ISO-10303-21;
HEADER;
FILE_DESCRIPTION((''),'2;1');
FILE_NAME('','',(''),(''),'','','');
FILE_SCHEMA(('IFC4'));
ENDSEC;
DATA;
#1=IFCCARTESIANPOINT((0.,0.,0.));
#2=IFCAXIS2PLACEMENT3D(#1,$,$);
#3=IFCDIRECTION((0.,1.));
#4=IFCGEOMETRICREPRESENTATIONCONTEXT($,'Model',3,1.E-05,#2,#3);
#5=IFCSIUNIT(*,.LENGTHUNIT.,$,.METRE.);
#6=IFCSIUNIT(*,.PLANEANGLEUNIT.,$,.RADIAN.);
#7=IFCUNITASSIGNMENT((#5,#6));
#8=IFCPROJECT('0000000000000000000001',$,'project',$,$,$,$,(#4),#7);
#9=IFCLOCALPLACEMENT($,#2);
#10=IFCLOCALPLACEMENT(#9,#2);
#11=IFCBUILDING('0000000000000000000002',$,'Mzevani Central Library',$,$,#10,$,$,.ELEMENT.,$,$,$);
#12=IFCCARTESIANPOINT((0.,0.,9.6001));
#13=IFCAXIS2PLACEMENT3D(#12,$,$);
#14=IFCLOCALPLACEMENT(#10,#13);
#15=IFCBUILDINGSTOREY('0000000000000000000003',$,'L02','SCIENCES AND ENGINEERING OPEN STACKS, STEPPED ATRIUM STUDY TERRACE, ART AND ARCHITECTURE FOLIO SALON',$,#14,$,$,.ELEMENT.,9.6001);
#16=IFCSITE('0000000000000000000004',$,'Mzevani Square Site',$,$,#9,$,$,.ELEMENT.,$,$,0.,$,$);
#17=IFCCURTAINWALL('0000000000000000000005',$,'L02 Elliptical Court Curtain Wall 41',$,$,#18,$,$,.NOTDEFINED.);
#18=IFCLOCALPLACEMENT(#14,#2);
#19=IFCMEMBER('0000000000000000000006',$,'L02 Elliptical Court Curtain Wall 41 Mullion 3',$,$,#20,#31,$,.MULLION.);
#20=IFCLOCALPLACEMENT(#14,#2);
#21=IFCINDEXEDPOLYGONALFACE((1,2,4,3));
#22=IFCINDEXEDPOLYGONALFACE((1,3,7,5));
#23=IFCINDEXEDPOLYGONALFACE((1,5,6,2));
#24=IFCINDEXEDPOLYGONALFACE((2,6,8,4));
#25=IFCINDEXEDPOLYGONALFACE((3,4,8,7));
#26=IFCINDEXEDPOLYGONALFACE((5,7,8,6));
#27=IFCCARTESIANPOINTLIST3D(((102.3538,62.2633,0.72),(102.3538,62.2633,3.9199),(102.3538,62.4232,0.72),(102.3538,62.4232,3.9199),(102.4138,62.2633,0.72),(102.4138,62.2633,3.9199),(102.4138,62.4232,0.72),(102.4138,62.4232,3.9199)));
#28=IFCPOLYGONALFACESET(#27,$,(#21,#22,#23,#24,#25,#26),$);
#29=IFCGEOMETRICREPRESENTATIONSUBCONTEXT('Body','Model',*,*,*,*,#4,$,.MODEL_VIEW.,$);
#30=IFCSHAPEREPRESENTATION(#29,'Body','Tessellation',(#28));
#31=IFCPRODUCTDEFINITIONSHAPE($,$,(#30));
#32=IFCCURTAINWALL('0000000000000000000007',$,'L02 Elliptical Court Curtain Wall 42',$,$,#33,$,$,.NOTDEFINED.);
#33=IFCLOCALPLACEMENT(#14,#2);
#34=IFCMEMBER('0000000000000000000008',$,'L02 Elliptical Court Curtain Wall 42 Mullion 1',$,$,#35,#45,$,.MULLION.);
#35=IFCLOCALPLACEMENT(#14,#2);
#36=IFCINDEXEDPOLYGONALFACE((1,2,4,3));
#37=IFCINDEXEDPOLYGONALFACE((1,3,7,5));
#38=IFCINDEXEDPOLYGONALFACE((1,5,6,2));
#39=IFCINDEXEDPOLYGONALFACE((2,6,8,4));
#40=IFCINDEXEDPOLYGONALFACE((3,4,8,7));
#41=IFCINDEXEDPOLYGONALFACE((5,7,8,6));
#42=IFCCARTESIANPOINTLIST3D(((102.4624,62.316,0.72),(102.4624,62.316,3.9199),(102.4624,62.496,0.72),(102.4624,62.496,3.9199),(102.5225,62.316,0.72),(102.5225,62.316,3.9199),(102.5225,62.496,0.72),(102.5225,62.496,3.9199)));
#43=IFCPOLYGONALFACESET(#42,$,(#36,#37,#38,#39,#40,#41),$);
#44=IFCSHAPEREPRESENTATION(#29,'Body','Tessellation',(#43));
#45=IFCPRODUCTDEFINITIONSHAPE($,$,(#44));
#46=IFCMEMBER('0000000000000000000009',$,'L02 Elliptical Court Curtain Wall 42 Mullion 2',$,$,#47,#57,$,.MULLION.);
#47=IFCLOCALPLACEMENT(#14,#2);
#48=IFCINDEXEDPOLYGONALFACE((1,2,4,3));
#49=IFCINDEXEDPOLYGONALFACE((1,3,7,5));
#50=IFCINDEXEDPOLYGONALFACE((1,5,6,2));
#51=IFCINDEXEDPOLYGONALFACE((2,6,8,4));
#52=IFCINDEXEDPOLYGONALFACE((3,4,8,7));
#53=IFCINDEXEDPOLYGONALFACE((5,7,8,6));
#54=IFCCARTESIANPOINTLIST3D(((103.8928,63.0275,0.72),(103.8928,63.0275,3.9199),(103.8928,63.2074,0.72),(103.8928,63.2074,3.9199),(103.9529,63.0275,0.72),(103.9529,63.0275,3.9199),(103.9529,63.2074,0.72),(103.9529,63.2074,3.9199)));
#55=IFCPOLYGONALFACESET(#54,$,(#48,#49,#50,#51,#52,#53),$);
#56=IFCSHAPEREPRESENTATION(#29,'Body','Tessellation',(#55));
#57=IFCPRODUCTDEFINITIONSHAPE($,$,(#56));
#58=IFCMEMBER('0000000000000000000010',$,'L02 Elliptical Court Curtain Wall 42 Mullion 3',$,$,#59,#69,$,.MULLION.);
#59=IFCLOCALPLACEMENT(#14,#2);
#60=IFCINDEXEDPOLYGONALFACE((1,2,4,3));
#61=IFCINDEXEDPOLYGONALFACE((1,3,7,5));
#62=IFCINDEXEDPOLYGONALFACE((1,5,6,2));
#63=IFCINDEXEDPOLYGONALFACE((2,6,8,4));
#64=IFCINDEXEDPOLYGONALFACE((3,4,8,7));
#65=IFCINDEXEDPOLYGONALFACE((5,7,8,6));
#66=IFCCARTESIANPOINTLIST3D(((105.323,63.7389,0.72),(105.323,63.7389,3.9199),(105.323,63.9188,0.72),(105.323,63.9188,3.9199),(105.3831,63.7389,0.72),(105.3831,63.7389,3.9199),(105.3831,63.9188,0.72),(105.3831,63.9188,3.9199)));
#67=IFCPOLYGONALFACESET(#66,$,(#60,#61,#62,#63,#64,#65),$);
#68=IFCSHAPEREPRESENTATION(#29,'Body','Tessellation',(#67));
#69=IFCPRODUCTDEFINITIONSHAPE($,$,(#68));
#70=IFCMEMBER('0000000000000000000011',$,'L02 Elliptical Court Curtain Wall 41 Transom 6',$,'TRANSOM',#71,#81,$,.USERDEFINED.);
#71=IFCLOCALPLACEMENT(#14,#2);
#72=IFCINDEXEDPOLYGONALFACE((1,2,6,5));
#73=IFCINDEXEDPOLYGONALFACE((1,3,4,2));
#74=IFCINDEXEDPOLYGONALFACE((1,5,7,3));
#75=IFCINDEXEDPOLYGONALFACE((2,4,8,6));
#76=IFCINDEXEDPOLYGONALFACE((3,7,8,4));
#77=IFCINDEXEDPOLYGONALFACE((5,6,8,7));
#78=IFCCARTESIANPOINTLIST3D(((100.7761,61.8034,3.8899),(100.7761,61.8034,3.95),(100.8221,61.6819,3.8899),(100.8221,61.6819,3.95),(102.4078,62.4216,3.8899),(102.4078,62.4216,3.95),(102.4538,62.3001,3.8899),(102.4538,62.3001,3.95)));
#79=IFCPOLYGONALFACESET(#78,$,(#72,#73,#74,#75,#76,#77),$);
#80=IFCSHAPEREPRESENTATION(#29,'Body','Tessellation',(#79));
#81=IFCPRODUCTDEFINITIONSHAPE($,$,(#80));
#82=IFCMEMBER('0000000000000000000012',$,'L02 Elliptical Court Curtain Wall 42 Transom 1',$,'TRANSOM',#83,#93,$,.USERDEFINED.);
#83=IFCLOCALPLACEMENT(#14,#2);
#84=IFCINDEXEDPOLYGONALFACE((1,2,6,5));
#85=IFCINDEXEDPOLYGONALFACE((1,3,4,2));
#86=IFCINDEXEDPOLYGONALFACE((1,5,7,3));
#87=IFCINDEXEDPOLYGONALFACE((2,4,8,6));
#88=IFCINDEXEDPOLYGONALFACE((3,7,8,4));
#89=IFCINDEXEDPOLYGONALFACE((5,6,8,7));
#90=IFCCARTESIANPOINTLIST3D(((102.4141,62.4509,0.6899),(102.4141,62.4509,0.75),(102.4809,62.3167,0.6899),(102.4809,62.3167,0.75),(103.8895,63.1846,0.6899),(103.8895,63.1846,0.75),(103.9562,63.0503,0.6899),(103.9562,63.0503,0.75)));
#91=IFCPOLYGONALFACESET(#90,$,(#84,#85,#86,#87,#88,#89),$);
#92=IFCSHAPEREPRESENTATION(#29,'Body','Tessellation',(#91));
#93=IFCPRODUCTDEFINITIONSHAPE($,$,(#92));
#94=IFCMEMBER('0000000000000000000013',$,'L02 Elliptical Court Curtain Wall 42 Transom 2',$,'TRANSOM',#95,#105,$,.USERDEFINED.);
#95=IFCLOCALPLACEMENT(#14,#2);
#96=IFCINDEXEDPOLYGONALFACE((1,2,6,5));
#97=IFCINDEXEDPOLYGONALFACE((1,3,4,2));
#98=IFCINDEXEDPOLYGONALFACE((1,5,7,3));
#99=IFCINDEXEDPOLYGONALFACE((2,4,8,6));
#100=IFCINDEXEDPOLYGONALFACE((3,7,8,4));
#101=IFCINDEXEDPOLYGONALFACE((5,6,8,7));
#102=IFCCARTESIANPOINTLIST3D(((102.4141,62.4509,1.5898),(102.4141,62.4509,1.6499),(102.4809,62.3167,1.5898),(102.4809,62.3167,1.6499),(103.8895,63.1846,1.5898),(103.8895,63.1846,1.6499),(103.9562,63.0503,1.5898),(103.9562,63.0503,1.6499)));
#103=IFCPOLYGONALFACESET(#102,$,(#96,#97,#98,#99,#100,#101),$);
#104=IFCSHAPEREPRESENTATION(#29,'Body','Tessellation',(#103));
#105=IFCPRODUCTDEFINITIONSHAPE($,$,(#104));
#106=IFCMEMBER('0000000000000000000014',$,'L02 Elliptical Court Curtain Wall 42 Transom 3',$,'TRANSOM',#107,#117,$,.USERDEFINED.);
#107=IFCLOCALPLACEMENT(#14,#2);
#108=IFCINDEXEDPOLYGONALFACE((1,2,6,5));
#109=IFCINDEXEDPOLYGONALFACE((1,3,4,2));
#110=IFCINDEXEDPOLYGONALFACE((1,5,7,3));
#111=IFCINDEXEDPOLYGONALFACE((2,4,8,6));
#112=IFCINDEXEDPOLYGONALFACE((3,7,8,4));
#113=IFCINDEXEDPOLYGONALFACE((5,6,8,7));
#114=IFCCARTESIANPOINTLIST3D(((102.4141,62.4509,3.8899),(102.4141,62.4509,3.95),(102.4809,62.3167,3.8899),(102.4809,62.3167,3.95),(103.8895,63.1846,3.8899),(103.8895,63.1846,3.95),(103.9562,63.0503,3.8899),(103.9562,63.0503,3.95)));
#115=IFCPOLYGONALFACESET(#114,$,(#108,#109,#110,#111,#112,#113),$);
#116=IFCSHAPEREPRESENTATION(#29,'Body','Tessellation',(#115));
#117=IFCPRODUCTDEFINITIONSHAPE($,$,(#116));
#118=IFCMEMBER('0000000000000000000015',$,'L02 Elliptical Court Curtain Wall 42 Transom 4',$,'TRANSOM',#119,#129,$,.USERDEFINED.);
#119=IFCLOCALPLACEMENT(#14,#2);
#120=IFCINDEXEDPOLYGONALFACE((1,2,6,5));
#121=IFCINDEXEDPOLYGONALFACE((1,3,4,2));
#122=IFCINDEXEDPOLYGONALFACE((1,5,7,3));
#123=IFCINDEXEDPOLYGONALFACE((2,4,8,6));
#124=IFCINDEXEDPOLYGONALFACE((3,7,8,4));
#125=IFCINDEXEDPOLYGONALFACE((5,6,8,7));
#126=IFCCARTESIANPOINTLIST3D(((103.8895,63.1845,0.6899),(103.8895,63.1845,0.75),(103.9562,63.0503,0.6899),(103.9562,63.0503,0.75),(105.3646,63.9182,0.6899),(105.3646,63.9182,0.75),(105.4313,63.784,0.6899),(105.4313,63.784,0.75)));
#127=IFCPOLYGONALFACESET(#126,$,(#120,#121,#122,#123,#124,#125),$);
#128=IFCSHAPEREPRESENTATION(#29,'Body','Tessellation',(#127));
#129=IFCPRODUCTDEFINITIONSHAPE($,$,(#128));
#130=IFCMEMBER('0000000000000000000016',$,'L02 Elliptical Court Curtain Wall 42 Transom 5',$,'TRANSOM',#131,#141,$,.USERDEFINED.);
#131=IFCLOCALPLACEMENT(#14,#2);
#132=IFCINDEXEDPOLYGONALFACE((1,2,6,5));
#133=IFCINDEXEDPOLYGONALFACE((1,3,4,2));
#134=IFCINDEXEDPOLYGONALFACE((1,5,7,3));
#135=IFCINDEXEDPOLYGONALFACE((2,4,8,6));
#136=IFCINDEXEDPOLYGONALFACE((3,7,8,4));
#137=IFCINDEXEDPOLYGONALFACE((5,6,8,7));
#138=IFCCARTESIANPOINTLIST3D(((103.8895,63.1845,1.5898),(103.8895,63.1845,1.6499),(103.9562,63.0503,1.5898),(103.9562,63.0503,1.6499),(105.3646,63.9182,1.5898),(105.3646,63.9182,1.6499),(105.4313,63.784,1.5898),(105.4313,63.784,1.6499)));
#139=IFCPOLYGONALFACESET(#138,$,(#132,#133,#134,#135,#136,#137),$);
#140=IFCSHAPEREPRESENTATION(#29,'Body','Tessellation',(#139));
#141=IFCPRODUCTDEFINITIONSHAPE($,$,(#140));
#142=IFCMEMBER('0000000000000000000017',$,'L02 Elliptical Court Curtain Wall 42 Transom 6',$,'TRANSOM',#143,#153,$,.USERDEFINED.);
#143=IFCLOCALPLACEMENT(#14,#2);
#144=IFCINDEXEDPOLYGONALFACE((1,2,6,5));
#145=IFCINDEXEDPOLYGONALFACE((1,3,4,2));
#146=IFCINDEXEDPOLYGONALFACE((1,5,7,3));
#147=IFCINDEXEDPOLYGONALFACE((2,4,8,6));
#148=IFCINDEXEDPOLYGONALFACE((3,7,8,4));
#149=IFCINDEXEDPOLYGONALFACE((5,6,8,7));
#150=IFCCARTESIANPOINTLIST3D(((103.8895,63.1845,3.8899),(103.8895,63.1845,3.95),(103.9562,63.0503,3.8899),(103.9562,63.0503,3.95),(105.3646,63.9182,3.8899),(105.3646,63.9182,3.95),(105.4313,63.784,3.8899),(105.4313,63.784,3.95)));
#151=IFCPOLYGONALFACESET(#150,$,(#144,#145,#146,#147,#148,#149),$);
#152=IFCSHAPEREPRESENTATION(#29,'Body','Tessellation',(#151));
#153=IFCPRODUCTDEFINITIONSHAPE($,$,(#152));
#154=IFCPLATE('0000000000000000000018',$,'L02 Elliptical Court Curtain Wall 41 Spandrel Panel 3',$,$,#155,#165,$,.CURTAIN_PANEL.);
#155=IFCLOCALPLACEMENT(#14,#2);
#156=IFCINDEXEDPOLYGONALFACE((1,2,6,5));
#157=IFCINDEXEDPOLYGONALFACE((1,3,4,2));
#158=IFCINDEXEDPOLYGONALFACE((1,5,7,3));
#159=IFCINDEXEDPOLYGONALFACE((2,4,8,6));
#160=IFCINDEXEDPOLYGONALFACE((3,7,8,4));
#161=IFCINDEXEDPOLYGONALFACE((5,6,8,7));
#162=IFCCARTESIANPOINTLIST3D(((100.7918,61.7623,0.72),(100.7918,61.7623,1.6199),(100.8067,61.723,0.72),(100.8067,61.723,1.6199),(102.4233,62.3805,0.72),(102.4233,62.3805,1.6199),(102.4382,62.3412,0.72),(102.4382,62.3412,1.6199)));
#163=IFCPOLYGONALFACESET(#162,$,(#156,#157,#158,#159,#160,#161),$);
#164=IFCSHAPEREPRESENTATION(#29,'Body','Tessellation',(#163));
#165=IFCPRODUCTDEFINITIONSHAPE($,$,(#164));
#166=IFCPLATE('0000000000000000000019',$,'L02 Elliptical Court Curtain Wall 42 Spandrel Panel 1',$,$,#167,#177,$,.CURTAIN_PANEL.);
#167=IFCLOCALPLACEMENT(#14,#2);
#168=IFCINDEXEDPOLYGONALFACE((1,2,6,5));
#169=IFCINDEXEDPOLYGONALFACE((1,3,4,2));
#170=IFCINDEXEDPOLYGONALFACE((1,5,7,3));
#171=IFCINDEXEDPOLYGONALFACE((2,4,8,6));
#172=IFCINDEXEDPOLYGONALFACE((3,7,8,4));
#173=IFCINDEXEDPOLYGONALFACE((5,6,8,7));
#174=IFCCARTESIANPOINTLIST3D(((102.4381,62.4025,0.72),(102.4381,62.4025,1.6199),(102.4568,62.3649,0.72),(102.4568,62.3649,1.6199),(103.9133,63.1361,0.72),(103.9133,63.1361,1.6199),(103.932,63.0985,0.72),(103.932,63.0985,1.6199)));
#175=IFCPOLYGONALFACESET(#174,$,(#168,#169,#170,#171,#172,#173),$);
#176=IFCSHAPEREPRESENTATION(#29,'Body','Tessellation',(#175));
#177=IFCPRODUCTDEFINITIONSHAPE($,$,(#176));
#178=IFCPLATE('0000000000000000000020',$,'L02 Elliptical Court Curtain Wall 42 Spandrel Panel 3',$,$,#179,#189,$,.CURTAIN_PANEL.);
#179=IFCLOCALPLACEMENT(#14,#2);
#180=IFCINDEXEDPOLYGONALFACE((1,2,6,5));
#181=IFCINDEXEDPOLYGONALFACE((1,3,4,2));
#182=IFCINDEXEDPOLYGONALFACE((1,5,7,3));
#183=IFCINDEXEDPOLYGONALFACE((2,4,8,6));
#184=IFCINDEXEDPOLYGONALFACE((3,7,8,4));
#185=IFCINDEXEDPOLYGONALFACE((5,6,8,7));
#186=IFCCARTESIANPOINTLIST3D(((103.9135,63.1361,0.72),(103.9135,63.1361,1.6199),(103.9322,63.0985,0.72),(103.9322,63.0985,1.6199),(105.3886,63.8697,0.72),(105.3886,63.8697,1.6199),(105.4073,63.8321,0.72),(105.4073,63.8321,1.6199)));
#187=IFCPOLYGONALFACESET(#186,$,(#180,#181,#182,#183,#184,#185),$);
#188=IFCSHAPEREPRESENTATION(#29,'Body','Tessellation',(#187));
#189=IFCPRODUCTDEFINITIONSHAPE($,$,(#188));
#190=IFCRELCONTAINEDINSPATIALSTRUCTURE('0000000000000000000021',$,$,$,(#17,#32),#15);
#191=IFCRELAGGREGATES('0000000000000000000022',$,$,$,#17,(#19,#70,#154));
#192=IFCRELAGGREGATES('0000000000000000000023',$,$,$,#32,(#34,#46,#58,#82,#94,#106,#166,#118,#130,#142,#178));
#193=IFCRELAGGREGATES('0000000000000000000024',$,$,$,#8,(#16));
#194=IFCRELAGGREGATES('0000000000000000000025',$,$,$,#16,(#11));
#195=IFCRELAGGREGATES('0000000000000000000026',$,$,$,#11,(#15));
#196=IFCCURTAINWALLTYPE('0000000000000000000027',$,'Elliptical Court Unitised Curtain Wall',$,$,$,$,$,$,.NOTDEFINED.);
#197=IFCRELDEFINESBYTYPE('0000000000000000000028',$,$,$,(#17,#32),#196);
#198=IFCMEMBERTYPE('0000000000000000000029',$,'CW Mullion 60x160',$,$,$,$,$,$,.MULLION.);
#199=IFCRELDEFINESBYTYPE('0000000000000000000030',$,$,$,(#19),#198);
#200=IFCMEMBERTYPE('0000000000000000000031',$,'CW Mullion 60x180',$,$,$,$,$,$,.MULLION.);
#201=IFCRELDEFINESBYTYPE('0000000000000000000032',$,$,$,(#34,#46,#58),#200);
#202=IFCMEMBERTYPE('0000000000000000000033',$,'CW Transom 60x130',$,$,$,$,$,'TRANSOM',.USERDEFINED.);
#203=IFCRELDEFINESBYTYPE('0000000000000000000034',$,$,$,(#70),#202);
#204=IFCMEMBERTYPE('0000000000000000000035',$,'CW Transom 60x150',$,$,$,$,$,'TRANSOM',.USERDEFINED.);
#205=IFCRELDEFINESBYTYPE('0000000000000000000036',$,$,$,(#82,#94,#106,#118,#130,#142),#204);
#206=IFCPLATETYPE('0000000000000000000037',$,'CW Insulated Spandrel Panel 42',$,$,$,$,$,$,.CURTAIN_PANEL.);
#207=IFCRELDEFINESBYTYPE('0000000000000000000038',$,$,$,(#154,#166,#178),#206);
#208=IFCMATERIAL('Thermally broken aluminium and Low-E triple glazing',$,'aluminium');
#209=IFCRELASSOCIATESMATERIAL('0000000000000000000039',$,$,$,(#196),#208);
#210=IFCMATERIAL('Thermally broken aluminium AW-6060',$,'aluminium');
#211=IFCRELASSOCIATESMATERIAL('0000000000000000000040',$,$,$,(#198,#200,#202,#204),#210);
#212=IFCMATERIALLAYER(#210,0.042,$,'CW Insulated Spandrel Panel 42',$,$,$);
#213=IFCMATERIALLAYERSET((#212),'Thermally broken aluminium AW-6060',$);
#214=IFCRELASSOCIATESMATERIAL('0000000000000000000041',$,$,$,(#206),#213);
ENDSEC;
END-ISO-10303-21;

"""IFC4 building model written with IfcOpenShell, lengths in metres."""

from ifc_helpers import new_model, si_unit, direction, frame, origin, origin_2d, place, context, subcontext, project, spatial, rectangle, extrude, material, layer, layer_set, material_profile, profile_set, type_object, element, aggregate, save


model = new_model("IFC4")

# Units and contexts
model_context = context("Model", 3, precision=1e-05, world=origin(), true_north=direction((0.0, 1.0)))
body_context = subcontext(model_context, "Body", "Model", "MODEL_VIEW")
ifc_project = project(units=[si_unit("LENGTHUNIT", "METRE"), si_unit("PLANEANGLEUNIT", "RADIAN")], contexts=[model_context])

# Site, building, storey
site_placement = place(None, origin())
site = spatial("IfcSite", under=ifc_project, at=site_placement, Name="Mzevani Square Site", CompositionType="ELEMENT", RefElevation=0.0)
building_placement = place(site_placement, origin())
building = spatial("IfcBuilding", under=site, at=building_placement, Name="Mzevani Central Library", CompositionType="ELEMENT")
storey_placement = place(building_placement, frame((0.0, 0.0, 9.6001)))
storey = spatial("IfcBuildingStorey", under=building, at=storey_placement, Name="L02", Description="SCIENCES AND ENGINEERING OPEN STACKS, STEPPED ATRIUM STUDY TERRACE, ART AND ARCHITECTURE FOLIO SALON", CompositionType="ELEMENT", Elevation=9.6001)

# Curtain wall, member
ifc_material_1 = material(Name="Thermally broken aluminium and Low-E triple glazing", Category="aluminium")
curtain_wall_type = type_object("IfcCurtainWallType", Name="Elliptical Court Unitised Curtain Wall", PredefinedType="NOTDEFINED", material=ifc_material_1)
curtain_wall_1_placement = place(storey_placement, origin())
curtain_wall_1 = element("IfcCurtainWall", 1, at=curtain_wall_1_placement, inside=storey, type_object=curtain_wall_type, Name="L02 Elliptical Court Curtain Wall 41", PredefinedType="NOTDEFINED")
ifc_material_2 = material(Name="Thermally broken aluminium AW-6060", Category="aluminium")
ifc_material_profile_1 = material_profile(ifc_material_2, rectangle(XDim=0.0601, YDim=0.1599, at=origin_2d()), Name="ALU M60x160")
ifc_profile_set_1 = profile_set([ifc_material_profile_1], Name="Thermally broken aluminium AW-6060")
member_type_1 = type_object("IfcMemberType", Name="CW Mullion 60x160", PredefinedType="MULLION", material=ifc_profile_set_1)
member_1_placement = place(storey_placement, frame((102.3838, 62.3433, 0.72), z_axis=(0.0, 0.0, 1.0), x_axis=(1.0, 0.0, 0.0)))
member_1 = element("IfcMember", 2, at=member_1_placement, type_object=member_type_1, Name="L02 Elliptical Court Curtain Wall 41 Mullion 3", PredefinedType="MULLION", context=body_context, shape_type="SweptSolid", body=[
    extrude(rectangle(XDim=0.0601, YDim=0.1599, at=origin_2d()), origin(), (0.0, 0.0, 1.0), 3.2),
])

# Curtain wall, members
curtain_wall_2_placement = place(storey_placement, origin())
curtain_wall_2 = element("IfcCurtainWall", 3, at=curtain_wall_2_placement, inside=storey, type_object=curtain_wall_type, Name="L02 Elliptical Court Curtain Wall 42", PredefinedType="NOTDEFINED")
ifc_material_profile_2 = material_profile(ifc_material_2, rectangle(XDim=0.0601, YDim=0.1799, at=origin_2d()), Name="ALU M60x180")
ifc_profile_set_2 = profile_set([ifc_material_profile_2], Name="Thermally broken aluminium AW-6060")
member_type_2 = type_object("IfcMemberType", Name="CW Mullion 60x180", PredefinedType="MULLION", material=ifc_profile_set_2)
member_2_placement = place(storey_placement, frame((102.4924, 62.406, 0.72), z_axis=(0.0, 0.0, 1.0), x_axis=(1.0, 0.0, 0.0)))
member_2 = element("IfcMember", 4, at=member_2_placement, type_object=member_type_2, Name="L02 Elliptical Court Curtain Wall 42 Mullion 1", PredefinedType="MULLION", context=body_context, shape_type="SweptSolid", body=[
    extrude(rectangle(XDim=0.0601, YDim=0.1799, at=origin_2d()), origin(), (0.0, 0.0, 1.0), 3.2),
])
member_3_placement = place(storey_placement, frame((103.9229, 63.1174, 0.72), z_axis=(0.0, 0.0, 1.0), x_axis=(1.0, 0.0, 0.0)))
member_3 = element("IfcMember", 5, at=member_3_placement, type_object=member_type_2, Name="L02 Elliptical Court Curtain Wall 42 Mullion 2", PredefinedType="MULLION", context=body_context, shape_type="SweptSolid", body=[
    extrude(rectangle(XDim=0.0601, YDim=0.1799, at=origin_2d()), origin(), (0.0, 0.0, 1.0), 3.2),
])
member_4_placement = place(storey_placement, frame((105.353, 63.8289, 0.72), z_axis=(0.0, 0.0, 1.0), x_axis=(1.0, 0.0, 0.0)))
member_4 = element("IfcMember", 6, at=member_4_placement, type_object=member_type_2, Name="L02 Elliptical Court Curtain Wall 42 Mullion 3", PredefinedType="MULLION", context=body_context, shape_type="SweptSolid", body=[
    extrude(rectangle(XDim=0.0601, YDim=0.1799, at=origin_2d()), origin(), (0.0, 0.0, 1.0), 3.2),
])

# Members
ifc_material_profile_3 = material_profile(ifc_material_2, rectangle(XDim=0.1299, YDim=0.0601, at=origin_2d()), Name="ALU T60x130")
ifc_profile_set_3 = profile_set([ifc_material_profile_3], Name="Thermally broken aluminium AW-6060")
member_type_3 = type_object("IfcMemberType", Name="CW Transom 60x130", ElementType="TRANSOM", PredefinedType="USERDEFINED", material=ifc_profile_set_3)
member_5_placement = place(storey_placement, frame((100.7991, 61.7427, 3.9199), z_axis=(0.935133, 0.354296, 0.0), x_axis=(-0.354296, 0.935133, 0.0)))
member_5 = element("IfcMember", 7, at=member_5_placement, type_object=member_type_3, Name="L02 Elliptical Court Curtain Wall 41 Transom 6", ObjectType="TRANSOM", PredefinedType="USERDEFINED", context=body_context, shape_type="SweptSolid", body=[
    extrude(rectangle(XDim=0.1299, YDim=0.0601, at=origin_2d()), origin(), (0.0, 0.0, 1.0), 1.7449),
])
ifc_material_profile_4 = material_profile(ifc_material_2, rectangle(XDim=0.1499, YDim=0.0601, at=origin_2d()), Name="ALU T60x150")
ifc_profile_set_4 = profile_set([ifc_material_profile_4], Name="Thermally broken aluminium AW-6060")
member_type_4 = type_object("IfcMemberType", Name="CW Transom 60x150", ElementType="TRANSOM", PredefinedType="USERDEFINED", material=ifc_profile_set_4)
member_6_placement = place(storey_placement, frame((102.4475, 62.3838, 0.72), z_axis=(0.895403, 0.445257, 0.0), x_axis=(-0.445257, 0.895403, 0.0)))
member_6 = element("IfcMember", 8, at=member_6_placement, type_object=member_type_4, Name="L02 Elliptical Court Curtain Wall 42 Transom 1", ObjectType="TRANSOM", PredefinedType="USERDEFINED", context=body_context, shape_type="SweptSolid", body=[
    extrude(rectangle(XDim=0.1499, YDim=0.0601, at=origin_2d()), origin(), (0.0, 0.0, 1.0), 1.6477),
])
member_7_placement = place(storey_placement, frame((102.4475, 62.3838, 1.6199), z_axis=(0.895403, 0.445257, 0.0), x_axis=(-0.445257, 0.895403, 0.0)))
member_7 = element("IfcMember", 9, at=member_7_placement, type_object=member_type_4, Name="L02 Elliptical Court Curtain Wall 42 Transom 2", ObjectType="TRANSOM", PredefinedType="USERDEFINED", context=body_context, shape_type="SweptSolid", body=[
    extrude(rectangle(XDim=0.1499, YDim=0.0601, at=origin_2d()), origin(), (0.0, 0.0, 1.0), 1.6477),
])
member_8_placement = place(storey_placement, frame((102.4475, 62.3838, 3.9199), z_axis=(0.895403, 0.445257, 0.0), x_axis=(-0.445257, 0.895403, 0.0)))
member_8 = element("IfcMember", 10, at=member_8_placement, type_object=member_type_4, Name="L02 Elliptical Court Curtain Wall 42 Transom 3", ObjectType="TRANSOM", PredefinedType="USERDEFINED", context=body_context, shape_type="SweptSolid", body=[
    extrude(rectangle(XDim=0.1499, YDim=0.0601, at=origin_2d()), origin(), (0.0, 0.0, 1.0), 1.6477),
])
member_9_placement = place(storey_placement, frame((103.9229, 63.1174, 0.72), z_axis=(0.895374, 0.445316, 0.0), x_axis=(-0.445316, 0.895374, 0.0)))
member_9 = element("IfcMember", 11, at=member_9_placement, type_object=member_type_4, Name="L02 Elliptical Court Curtain Wall 42 Transom 4", ObjectType="TRANSOM", PredefinedType="USERDEFINED", context=body_context, shape_type="SweptSolid", body=[
    extrude(rectangle(XDim=0.1499, YDim=0.0601, at=origin_2d()), origin(), (0.0, 0.0, 1.0), 1.6475),
])
member_10_placement = place(storey_placement, frame((103.9229, 63.1174, 1.6199), z_axis=(0.895374, 0.445316, 0.0), x_axis=(-0.445316, 0.895374, 0.0)))
member_10 = element("IfcMember", 12, at=member_10_placement, type_object=member_type_4, Name="L02 Elliptical Court Curtain Wall 42 Transom 5", ObjectType="TRANSOM", PredefinedType="USERDEFINED", context=body_context, shape_type="SweptSolid", body=[
    extrude(rectangle(XDim=0.1499, YDim=0.0601, at=origin_2d()), origin(), (0.0, 0.0, 1.0), 1.6475),
])
member_11_placement = place(storey_placement, frame((103.9229, 63.1174, 3.9199), z_axis=(0.895374, 0.445316, 0.0), x_axis=(-0.445316, 0.895374, 0.0)))
member_11 = element("IfcMember", 13, at=member_11_placement, type_object=member_type_4, Name="L02 Elliptical Court Curtain Wall 42 Transom 6", ObjectType="TRANSOM", PredefinedType="USERDEFINED", context=body_context, shape_type="SweptSolid", body=[
    extrude(rectangle(XDim=0.1499, YDim=0.0601, at=origin_2d()), origin(), (0.0, 0.0, 1.0), 1.6475),
])

# Plates
ifc_layer_1 = layer(ifc_material_2, 0.042, Name="CW Insulated Spandrel Panel 42")
ifc_layer_set_1 = layer_set([ifc_layer_1], Name="Thermally broken aluminium AW-6060")
plate_type_1 = type_object("IfcPlateType", Name="CW Insulated Spandrel Panel 42", PredefinedType="CURTAIN_PANEL", material=ifc_layer_set_1)
plate_1_placement = place(storey_placement, frame((101.615, 62.0518, 0.72), z_axis=(0.0, 0.0, 1.0), x_axis=(0.935126, 0.354316, 0.0)))
plate_1 = element("IfcPlate", 14, at=plate_1_placement, type_object=plate_type_1, Name="L02 Elliptical Court Curtain Wall 41 Spandrel Panel 3", PredefinedType="CURTAIN_PANEL", context=body_context, shape_type="SweptSolid", body=[
    extrude(rectangle(XDim=1.7446, YDim=0.042, at=origin_2d()), origin(), (0.0, 0.0, 1.0), 0.8999),
])
plate_2_placement = place(storey_placement, frame((103.1851, 62.7505, 0.72), z_axis=(0.0, 0.0, 1.0), x_axis=(0.89539, 0.445282, 0.0)))
plate_2 = element("IfcPlate", 15, at=plate_2_placement, type_object=plate_type_1, Name="L02 Elliptical Court Curtain Wall 42 Spandrel Panel 1", PredefinedType="CURTAIN_PANEL", context=body_context, shape_type="SweptSolid", body=[
    extrude(rectangle(XDim=1.6475, YDim=0.042, at=origin_2d()), origin(), (0.0, 0.0, 1.0), 0.8999),
])
plate_3_placement = place(storey_placement, frame((104.6604, 63.4841, 0.72), z_axis=(0.0, 0.0, 1.0), x_axis=(0.89539, 0.445282, 0.0)))
plate_3 = element("IfcPlate", 16, at=plate_3_placement, type_object=plate_type_1, Name="L02 Elliptical Court Curtain Wall 42 Spandrel Panel 3", PredefinedType="CURTAIN_PANEL", context=body_context, shape_type="SweptSolid", body=[
    extrude(rectangle(XDim=1.6475, YDim=0.042, at=origin_2d()), origin(), (0.0, 0.0, 1.0), 0.8999),
])
aggregate(curtain_wall_1, [member_1, member_5, plate_1])
aggregate(curtain_wall_2, [member_2, member_3, member_4, member_6, member_7, member_8, plate_2, member_9, member_10, member_11, plate_3])

save(model, "model.ifc")
